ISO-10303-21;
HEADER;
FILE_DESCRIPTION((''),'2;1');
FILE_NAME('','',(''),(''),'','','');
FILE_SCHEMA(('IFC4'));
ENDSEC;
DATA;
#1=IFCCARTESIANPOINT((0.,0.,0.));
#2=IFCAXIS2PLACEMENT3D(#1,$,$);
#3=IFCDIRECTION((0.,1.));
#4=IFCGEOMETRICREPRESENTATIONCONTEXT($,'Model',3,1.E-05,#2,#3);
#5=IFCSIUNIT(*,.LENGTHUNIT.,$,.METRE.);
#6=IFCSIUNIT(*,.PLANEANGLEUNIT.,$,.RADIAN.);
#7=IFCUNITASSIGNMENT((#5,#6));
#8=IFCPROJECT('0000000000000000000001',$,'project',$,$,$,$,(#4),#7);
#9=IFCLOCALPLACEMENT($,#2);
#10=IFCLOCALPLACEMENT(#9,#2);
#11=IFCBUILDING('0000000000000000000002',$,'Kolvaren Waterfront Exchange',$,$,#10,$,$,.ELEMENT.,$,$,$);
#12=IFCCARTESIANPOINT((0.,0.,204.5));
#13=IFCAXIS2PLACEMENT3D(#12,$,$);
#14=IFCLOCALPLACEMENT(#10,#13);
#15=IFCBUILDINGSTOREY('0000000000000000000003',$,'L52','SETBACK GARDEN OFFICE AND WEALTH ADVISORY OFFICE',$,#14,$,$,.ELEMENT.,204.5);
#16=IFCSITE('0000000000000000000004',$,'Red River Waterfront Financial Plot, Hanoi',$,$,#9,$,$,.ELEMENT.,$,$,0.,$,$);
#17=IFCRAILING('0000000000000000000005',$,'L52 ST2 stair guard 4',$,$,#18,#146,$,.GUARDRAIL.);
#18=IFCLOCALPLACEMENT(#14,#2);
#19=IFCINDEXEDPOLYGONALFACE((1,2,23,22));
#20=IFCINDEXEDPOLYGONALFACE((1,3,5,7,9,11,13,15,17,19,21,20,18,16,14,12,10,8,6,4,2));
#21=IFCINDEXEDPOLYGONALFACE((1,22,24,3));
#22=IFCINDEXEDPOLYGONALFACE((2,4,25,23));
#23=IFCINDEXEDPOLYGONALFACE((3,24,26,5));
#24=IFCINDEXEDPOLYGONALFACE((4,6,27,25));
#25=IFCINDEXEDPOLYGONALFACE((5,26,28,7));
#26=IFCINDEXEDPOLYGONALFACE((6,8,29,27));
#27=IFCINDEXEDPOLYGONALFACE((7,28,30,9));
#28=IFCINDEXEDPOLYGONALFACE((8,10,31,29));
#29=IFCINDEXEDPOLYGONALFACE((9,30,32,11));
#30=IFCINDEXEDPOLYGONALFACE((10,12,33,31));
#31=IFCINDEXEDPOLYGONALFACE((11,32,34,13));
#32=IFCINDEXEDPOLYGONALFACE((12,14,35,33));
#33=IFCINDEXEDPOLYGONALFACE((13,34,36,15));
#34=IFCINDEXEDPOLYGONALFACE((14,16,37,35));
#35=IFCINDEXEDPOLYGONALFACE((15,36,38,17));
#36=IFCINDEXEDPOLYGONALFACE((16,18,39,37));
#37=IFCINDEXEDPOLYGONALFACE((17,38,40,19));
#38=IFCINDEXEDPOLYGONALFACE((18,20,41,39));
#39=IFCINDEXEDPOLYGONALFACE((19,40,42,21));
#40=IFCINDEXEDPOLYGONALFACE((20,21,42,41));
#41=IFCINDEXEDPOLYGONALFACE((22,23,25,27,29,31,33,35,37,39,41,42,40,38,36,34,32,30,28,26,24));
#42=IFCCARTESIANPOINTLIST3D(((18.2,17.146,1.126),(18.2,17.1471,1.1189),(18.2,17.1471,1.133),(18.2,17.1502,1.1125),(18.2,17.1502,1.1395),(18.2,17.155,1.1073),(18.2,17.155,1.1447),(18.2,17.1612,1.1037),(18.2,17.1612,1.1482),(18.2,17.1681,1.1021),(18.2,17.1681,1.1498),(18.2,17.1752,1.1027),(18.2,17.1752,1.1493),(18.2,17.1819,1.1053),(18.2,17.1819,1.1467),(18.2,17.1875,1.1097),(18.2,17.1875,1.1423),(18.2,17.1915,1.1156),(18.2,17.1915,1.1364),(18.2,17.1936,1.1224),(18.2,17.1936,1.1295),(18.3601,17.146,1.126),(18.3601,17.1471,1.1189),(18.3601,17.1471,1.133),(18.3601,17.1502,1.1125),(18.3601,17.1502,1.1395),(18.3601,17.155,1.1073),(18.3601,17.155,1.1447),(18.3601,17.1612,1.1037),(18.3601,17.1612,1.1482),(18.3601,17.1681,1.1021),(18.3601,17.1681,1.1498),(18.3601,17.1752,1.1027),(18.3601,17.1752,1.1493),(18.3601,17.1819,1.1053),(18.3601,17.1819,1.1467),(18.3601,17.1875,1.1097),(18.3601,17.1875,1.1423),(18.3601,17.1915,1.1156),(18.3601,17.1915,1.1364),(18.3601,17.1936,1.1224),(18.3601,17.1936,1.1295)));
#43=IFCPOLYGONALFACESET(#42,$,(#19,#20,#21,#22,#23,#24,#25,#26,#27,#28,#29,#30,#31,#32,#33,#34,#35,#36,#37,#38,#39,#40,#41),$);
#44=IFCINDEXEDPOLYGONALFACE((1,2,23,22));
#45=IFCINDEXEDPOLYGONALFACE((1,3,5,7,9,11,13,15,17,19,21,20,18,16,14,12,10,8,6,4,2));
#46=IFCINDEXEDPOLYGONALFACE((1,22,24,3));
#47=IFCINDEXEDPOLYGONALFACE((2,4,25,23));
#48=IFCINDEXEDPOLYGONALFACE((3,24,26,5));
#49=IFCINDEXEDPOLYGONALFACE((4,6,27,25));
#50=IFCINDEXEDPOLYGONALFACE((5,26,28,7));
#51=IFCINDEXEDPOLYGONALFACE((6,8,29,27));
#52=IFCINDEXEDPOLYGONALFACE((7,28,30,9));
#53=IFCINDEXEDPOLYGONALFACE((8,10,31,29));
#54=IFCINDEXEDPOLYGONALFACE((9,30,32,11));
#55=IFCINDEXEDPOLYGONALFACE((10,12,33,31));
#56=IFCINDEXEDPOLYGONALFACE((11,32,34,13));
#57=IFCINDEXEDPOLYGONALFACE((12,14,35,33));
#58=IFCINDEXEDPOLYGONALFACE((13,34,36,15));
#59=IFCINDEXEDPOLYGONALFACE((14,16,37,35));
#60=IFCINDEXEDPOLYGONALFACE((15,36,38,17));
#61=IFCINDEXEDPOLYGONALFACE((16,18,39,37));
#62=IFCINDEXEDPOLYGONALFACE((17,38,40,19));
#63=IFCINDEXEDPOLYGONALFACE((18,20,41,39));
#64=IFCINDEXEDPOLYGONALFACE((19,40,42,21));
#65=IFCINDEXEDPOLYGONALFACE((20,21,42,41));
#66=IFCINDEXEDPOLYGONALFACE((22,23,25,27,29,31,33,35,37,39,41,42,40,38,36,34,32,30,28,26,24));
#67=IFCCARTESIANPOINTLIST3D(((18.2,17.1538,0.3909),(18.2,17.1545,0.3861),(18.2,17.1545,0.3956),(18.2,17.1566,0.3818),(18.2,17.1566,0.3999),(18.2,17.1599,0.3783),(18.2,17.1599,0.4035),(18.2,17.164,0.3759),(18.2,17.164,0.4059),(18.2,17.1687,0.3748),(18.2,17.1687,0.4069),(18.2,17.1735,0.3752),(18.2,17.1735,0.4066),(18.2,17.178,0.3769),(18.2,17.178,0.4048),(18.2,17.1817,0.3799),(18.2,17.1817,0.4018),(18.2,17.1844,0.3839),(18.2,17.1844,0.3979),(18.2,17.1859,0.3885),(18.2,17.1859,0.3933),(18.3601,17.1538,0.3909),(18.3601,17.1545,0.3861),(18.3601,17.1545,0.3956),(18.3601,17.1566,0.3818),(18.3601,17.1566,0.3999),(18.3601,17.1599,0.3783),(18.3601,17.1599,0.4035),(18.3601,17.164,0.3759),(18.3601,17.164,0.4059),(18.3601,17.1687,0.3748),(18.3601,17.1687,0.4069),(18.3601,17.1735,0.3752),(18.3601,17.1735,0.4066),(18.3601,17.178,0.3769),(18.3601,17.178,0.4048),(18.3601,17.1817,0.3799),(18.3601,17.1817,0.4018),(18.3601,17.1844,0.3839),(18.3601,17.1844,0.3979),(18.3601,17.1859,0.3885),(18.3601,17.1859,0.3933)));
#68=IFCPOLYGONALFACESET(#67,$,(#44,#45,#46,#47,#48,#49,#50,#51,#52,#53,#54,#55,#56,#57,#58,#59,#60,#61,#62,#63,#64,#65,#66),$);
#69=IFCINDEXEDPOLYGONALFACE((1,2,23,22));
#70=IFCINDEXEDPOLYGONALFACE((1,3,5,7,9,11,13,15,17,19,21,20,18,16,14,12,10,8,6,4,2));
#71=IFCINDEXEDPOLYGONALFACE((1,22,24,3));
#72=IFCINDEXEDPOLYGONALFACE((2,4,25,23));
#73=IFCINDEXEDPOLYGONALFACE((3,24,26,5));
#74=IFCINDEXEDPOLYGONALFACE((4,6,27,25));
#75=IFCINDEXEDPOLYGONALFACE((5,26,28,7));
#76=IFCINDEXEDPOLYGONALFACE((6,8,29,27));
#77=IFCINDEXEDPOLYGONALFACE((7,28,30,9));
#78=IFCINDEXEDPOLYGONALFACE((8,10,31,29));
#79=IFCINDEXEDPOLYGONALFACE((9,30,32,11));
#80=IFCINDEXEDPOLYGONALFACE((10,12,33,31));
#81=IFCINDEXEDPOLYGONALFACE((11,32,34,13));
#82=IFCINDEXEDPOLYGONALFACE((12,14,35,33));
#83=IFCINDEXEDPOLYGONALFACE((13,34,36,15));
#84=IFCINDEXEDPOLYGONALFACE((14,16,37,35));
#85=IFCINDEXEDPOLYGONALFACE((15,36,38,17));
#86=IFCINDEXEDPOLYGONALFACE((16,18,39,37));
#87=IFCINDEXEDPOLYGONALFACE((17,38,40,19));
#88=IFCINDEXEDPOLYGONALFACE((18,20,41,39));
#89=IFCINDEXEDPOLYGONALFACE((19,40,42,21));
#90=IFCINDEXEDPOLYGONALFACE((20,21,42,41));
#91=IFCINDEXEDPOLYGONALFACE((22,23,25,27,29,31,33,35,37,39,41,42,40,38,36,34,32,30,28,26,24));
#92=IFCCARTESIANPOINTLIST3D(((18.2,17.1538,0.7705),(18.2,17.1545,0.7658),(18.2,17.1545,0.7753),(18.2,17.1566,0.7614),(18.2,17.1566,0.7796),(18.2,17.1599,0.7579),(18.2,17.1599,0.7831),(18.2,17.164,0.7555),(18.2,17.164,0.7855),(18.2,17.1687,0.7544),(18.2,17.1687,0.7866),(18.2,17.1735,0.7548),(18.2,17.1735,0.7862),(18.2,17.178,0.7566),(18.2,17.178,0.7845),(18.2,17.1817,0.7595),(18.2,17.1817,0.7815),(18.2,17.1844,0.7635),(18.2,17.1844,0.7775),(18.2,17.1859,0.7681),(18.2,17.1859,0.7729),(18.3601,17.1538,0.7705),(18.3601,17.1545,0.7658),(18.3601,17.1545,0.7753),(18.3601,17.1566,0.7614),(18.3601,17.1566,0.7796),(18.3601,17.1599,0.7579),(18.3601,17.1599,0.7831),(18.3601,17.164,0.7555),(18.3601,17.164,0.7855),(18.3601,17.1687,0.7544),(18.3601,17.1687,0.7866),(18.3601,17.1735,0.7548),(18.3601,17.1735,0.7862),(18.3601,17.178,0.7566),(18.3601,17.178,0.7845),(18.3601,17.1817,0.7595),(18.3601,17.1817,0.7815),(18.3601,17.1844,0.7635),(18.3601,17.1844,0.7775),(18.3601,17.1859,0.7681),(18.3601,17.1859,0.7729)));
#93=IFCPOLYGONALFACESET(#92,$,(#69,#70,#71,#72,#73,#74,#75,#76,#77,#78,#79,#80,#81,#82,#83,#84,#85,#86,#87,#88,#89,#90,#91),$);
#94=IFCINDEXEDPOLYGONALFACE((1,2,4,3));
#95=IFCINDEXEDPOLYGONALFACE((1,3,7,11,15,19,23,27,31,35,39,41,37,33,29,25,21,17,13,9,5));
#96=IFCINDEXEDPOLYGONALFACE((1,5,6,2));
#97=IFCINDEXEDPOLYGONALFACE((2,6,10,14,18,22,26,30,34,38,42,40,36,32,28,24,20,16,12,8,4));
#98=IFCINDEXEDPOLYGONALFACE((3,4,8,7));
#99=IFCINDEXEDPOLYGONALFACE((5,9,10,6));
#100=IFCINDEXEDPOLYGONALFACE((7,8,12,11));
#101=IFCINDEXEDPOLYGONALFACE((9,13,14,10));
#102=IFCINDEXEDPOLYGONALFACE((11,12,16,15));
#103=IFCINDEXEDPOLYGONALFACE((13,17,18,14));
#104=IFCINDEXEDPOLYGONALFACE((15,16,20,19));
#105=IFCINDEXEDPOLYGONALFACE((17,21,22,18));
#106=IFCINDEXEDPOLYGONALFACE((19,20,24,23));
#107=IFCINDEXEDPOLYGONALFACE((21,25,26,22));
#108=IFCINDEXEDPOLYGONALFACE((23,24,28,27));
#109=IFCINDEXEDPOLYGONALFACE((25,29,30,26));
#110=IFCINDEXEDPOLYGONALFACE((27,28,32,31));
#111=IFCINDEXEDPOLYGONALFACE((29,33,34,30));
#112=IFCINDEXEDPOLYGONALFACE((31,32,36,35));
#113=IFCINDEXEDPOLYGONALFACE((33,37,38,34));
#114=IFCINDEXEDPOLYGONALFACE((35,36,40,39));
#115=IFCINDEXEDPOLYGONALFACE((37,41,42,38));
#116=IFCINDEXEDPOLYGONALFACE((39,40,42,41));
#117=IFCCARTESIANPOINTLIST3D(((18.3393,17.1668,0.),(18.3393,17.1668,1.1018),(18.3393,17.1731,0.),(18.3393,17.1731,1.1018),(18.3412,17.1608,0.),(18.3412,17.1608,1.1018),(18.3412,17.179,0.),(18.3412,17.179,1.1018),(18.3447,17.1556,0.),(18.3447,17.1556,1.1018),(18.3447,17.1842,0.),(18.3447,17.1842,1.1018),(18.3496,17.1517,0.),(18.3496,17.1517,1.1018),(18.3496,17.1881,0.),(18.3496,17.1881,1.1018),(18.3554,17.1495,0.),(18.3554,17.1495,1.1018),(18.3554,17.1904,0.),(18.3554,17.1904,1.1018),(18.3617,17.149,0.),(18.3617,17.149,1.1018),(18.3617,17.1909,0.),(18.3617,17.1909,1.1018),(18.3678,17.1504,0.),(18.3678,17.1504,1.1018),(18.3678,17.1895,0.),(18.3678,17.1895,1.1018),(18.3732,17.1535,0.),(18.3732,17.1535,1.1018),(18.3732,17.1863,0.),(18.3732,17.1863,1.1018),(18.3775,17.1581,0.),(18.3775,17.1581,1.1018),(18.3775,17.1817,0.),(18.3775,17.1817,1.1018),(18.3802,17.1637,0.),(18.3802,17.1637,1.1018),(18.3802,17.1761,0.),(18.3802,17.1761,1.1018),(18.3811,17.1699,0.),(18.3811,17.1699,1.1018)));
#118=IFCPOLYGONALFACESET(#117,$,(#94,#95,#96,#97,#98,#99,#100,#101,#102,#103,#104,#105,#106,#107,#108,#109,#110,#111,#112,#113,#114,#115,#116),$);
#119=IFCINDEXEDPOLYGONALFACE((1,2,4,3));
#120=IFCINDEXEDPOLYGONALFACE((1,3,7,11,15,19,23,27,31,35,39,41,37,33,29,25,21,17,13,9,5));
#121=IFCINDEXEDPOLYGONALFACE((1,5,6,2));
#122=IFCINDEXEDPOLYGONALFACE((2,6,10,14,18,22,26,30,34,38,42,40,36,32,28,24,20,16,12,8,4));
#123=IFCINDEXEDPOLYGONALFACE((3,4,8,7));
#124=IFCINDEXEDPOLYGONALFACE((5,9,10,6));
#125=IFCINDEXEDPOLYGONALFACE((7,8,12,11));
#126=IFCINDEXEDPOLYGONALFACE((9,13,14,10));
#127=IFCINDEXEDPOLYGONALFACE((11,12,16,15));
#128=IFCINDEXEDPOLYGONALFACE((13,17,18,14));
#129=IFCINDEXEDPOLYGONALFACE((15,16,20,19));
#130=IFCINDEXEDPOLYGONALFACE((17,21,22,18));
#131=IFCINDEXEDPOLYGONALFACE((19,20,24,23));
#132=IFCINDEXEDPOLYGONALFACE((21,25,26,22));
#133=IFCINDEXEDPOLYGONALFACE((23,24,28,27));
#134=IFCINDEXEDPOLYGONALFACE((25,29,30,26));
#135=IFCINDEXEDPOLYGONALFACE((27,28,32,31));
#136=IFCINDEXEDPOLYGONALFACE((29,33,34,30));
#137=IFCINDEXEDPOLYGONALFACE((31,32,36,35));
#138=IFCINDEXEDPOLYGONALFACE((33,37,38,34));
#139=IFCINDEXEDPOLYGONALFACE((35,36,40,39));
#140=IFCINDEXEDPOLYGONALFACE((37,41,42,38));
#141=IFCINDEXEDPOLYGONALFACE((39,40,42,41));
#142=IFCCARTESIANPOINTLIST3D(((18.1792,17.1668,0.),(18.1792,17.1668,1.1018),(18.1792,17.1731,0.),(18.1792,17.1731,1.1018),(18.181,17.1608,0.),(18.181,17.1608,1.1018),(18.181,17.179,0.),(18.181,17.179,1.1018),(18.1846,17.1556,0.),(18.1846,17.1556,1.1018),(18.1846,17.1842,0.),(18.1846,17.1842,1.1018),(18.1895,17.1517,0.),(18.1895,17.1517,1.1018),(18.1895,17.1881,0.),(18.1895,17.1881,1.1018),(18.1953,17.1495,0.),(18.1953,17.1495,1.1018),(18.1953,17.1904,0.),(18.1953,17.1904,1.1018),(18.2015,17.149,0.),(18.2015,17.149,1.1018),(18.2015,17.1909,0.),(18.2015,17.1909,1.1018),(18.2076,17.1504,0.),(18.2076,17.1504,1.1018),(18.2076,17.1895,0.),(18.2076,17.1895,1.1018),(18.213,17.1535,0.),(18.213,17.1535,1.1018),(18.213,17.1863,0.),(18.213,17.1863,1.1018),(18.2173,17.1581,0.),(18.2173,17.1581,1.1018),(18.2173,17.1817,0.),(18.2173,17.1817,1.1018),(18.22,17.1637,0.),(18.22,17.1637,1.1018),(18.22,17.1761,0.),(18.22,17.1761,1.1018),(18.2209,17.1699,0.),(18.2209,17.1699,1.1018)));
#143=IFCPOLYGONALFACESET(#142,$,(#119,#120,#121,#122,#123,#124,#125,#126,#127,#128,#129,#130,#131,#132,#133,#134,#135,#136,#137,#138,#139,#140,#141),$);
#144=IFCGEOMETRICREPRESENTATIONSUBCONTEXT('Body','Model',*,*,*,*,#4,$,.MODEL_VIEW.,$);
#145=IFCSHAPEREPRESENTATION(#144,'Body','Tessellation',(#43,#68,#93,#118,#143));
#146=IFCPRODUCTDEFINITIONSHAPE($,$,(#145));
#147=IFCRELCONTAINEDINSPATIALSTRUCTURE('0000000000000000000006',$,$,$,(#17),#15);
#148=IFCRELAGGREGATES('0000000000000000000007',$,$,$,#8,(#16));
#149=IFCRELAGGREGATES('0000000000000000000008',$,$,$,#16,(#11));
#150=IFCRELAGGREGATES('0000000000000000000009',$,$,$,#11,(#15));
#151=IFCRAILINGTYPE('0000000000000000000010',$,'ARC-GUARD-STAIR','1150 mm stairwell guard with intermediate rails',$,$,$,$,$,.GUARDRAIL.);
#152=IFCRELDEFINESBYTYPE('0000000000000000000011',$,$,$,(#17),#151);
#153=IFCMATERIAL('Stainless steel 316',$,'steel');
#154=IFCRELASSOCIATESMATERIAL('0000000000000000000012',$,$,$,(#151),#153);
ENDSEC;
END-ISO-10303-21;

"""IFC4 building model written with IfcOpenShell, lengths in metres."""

from ifc_helpers import new_model, si_unit, direction, frame, origin, origin_2d, place, context, subcontext, project, spatial, circle, extrude, material, type_object, element, save


model = new_model("IFC4")

# Units and contexts
model_context = context("Model", 3, precision=1e-05, world=origin(), true_north=direction((0.0, 1.0)))
body_context = subcontext(model_context, "Body", "Model", "MODEL_VIEW")
ifc_project = project(units=[si_unit("LENGTHUNIT", "METRE"), si_unit("PLANEANGLEUNIT", "RADIAN")], contexts=[model_context])

# Site, building, storey
site_placement = place(None, origin())
site = spatial("IfcSite", under=ifc_project, at=site_placement, Name="Red River Waterfront Financial Plot, Hanoi", CompositionType="ELEMENT", RefElevation=0.0)
building_placement = place(site_placement, origin())
building = spatial("IfcBuilding", under=site, at=building_placement, Name="Kolvaren Waterfront Exchange", CompositionType="ELEMENT")
storey_placement = place(building_placement, frame((0.0, 0.0, 204.5)))
storey = spatial("IfcBuildingStorey", under=building, at=storey_placement, Name="L52", Description="SETBACK GARDEN OFFICE AND WEALTH ADVISORY OFFICE", CompositionType="ELEMENT", Elevation=204.5)

# Railing
ifc_material_1 = material(Name="Stainless steel 316", Category="steel")
railing_type_1 = type_object("IfcRailingType", Name="ARC-GUARD-STAIR", Description="1150 mm stairwell guard with intermediate rails", PredefinedType="GUARDRAIL", material=ifc_material_1)
railing_1_placement = place(storey_placement, frame((18.3601, 17.1699, 0.0)))
element("IfcRailing", 1, at=railing_1_placement, inside=storey, type_object=railing_type_1, Name="L52 ST2 stair guard 4", PredefinedType="GUARDRAIL", context=body_context, shape_type="SweptSolid", body=[
    extrude(circle(Radius=0.0239, at=origin_2d()), frame((0.0, 0.0, 1.126), z_axis=(-1.0, 0.0, 0.0), x_axis=(0.0, -1.0, 0.0)), (0.0, 0.0, 1.0), 0.1602),
    extrude(circle(Radius=0.0161, at=origin_2d()), frame((0.0, 0.0, 0.3909), z_axis=(-1.0, 0.0, 0.0), x_axis=(0.0, -1.0, 0.0)), (0.0, 0.0, 1.0), 0.1602),
    extrude(circle(Radius=0.0161, at=origin_2d()), frame((0.0, 0.0, 0.7705), z_axis=(-1.0, 0.0, 0.0), x_axis=(0.0, -1.0, 0.0)), (0.0, 0.0, 1.0), 0.1602),
    extrude(circle(Radius=0.021, at=origin_2d()), origin(), (0.0, 0.0, 1.0), 1.1018),
    extrude(circle(Radius=0.021, at=origin_2d()), frame((-0.1602, 0.0, 0.0)), (0.0, 0.0, 1.0), 1.1018),
])

save(model, "model.ifc")
